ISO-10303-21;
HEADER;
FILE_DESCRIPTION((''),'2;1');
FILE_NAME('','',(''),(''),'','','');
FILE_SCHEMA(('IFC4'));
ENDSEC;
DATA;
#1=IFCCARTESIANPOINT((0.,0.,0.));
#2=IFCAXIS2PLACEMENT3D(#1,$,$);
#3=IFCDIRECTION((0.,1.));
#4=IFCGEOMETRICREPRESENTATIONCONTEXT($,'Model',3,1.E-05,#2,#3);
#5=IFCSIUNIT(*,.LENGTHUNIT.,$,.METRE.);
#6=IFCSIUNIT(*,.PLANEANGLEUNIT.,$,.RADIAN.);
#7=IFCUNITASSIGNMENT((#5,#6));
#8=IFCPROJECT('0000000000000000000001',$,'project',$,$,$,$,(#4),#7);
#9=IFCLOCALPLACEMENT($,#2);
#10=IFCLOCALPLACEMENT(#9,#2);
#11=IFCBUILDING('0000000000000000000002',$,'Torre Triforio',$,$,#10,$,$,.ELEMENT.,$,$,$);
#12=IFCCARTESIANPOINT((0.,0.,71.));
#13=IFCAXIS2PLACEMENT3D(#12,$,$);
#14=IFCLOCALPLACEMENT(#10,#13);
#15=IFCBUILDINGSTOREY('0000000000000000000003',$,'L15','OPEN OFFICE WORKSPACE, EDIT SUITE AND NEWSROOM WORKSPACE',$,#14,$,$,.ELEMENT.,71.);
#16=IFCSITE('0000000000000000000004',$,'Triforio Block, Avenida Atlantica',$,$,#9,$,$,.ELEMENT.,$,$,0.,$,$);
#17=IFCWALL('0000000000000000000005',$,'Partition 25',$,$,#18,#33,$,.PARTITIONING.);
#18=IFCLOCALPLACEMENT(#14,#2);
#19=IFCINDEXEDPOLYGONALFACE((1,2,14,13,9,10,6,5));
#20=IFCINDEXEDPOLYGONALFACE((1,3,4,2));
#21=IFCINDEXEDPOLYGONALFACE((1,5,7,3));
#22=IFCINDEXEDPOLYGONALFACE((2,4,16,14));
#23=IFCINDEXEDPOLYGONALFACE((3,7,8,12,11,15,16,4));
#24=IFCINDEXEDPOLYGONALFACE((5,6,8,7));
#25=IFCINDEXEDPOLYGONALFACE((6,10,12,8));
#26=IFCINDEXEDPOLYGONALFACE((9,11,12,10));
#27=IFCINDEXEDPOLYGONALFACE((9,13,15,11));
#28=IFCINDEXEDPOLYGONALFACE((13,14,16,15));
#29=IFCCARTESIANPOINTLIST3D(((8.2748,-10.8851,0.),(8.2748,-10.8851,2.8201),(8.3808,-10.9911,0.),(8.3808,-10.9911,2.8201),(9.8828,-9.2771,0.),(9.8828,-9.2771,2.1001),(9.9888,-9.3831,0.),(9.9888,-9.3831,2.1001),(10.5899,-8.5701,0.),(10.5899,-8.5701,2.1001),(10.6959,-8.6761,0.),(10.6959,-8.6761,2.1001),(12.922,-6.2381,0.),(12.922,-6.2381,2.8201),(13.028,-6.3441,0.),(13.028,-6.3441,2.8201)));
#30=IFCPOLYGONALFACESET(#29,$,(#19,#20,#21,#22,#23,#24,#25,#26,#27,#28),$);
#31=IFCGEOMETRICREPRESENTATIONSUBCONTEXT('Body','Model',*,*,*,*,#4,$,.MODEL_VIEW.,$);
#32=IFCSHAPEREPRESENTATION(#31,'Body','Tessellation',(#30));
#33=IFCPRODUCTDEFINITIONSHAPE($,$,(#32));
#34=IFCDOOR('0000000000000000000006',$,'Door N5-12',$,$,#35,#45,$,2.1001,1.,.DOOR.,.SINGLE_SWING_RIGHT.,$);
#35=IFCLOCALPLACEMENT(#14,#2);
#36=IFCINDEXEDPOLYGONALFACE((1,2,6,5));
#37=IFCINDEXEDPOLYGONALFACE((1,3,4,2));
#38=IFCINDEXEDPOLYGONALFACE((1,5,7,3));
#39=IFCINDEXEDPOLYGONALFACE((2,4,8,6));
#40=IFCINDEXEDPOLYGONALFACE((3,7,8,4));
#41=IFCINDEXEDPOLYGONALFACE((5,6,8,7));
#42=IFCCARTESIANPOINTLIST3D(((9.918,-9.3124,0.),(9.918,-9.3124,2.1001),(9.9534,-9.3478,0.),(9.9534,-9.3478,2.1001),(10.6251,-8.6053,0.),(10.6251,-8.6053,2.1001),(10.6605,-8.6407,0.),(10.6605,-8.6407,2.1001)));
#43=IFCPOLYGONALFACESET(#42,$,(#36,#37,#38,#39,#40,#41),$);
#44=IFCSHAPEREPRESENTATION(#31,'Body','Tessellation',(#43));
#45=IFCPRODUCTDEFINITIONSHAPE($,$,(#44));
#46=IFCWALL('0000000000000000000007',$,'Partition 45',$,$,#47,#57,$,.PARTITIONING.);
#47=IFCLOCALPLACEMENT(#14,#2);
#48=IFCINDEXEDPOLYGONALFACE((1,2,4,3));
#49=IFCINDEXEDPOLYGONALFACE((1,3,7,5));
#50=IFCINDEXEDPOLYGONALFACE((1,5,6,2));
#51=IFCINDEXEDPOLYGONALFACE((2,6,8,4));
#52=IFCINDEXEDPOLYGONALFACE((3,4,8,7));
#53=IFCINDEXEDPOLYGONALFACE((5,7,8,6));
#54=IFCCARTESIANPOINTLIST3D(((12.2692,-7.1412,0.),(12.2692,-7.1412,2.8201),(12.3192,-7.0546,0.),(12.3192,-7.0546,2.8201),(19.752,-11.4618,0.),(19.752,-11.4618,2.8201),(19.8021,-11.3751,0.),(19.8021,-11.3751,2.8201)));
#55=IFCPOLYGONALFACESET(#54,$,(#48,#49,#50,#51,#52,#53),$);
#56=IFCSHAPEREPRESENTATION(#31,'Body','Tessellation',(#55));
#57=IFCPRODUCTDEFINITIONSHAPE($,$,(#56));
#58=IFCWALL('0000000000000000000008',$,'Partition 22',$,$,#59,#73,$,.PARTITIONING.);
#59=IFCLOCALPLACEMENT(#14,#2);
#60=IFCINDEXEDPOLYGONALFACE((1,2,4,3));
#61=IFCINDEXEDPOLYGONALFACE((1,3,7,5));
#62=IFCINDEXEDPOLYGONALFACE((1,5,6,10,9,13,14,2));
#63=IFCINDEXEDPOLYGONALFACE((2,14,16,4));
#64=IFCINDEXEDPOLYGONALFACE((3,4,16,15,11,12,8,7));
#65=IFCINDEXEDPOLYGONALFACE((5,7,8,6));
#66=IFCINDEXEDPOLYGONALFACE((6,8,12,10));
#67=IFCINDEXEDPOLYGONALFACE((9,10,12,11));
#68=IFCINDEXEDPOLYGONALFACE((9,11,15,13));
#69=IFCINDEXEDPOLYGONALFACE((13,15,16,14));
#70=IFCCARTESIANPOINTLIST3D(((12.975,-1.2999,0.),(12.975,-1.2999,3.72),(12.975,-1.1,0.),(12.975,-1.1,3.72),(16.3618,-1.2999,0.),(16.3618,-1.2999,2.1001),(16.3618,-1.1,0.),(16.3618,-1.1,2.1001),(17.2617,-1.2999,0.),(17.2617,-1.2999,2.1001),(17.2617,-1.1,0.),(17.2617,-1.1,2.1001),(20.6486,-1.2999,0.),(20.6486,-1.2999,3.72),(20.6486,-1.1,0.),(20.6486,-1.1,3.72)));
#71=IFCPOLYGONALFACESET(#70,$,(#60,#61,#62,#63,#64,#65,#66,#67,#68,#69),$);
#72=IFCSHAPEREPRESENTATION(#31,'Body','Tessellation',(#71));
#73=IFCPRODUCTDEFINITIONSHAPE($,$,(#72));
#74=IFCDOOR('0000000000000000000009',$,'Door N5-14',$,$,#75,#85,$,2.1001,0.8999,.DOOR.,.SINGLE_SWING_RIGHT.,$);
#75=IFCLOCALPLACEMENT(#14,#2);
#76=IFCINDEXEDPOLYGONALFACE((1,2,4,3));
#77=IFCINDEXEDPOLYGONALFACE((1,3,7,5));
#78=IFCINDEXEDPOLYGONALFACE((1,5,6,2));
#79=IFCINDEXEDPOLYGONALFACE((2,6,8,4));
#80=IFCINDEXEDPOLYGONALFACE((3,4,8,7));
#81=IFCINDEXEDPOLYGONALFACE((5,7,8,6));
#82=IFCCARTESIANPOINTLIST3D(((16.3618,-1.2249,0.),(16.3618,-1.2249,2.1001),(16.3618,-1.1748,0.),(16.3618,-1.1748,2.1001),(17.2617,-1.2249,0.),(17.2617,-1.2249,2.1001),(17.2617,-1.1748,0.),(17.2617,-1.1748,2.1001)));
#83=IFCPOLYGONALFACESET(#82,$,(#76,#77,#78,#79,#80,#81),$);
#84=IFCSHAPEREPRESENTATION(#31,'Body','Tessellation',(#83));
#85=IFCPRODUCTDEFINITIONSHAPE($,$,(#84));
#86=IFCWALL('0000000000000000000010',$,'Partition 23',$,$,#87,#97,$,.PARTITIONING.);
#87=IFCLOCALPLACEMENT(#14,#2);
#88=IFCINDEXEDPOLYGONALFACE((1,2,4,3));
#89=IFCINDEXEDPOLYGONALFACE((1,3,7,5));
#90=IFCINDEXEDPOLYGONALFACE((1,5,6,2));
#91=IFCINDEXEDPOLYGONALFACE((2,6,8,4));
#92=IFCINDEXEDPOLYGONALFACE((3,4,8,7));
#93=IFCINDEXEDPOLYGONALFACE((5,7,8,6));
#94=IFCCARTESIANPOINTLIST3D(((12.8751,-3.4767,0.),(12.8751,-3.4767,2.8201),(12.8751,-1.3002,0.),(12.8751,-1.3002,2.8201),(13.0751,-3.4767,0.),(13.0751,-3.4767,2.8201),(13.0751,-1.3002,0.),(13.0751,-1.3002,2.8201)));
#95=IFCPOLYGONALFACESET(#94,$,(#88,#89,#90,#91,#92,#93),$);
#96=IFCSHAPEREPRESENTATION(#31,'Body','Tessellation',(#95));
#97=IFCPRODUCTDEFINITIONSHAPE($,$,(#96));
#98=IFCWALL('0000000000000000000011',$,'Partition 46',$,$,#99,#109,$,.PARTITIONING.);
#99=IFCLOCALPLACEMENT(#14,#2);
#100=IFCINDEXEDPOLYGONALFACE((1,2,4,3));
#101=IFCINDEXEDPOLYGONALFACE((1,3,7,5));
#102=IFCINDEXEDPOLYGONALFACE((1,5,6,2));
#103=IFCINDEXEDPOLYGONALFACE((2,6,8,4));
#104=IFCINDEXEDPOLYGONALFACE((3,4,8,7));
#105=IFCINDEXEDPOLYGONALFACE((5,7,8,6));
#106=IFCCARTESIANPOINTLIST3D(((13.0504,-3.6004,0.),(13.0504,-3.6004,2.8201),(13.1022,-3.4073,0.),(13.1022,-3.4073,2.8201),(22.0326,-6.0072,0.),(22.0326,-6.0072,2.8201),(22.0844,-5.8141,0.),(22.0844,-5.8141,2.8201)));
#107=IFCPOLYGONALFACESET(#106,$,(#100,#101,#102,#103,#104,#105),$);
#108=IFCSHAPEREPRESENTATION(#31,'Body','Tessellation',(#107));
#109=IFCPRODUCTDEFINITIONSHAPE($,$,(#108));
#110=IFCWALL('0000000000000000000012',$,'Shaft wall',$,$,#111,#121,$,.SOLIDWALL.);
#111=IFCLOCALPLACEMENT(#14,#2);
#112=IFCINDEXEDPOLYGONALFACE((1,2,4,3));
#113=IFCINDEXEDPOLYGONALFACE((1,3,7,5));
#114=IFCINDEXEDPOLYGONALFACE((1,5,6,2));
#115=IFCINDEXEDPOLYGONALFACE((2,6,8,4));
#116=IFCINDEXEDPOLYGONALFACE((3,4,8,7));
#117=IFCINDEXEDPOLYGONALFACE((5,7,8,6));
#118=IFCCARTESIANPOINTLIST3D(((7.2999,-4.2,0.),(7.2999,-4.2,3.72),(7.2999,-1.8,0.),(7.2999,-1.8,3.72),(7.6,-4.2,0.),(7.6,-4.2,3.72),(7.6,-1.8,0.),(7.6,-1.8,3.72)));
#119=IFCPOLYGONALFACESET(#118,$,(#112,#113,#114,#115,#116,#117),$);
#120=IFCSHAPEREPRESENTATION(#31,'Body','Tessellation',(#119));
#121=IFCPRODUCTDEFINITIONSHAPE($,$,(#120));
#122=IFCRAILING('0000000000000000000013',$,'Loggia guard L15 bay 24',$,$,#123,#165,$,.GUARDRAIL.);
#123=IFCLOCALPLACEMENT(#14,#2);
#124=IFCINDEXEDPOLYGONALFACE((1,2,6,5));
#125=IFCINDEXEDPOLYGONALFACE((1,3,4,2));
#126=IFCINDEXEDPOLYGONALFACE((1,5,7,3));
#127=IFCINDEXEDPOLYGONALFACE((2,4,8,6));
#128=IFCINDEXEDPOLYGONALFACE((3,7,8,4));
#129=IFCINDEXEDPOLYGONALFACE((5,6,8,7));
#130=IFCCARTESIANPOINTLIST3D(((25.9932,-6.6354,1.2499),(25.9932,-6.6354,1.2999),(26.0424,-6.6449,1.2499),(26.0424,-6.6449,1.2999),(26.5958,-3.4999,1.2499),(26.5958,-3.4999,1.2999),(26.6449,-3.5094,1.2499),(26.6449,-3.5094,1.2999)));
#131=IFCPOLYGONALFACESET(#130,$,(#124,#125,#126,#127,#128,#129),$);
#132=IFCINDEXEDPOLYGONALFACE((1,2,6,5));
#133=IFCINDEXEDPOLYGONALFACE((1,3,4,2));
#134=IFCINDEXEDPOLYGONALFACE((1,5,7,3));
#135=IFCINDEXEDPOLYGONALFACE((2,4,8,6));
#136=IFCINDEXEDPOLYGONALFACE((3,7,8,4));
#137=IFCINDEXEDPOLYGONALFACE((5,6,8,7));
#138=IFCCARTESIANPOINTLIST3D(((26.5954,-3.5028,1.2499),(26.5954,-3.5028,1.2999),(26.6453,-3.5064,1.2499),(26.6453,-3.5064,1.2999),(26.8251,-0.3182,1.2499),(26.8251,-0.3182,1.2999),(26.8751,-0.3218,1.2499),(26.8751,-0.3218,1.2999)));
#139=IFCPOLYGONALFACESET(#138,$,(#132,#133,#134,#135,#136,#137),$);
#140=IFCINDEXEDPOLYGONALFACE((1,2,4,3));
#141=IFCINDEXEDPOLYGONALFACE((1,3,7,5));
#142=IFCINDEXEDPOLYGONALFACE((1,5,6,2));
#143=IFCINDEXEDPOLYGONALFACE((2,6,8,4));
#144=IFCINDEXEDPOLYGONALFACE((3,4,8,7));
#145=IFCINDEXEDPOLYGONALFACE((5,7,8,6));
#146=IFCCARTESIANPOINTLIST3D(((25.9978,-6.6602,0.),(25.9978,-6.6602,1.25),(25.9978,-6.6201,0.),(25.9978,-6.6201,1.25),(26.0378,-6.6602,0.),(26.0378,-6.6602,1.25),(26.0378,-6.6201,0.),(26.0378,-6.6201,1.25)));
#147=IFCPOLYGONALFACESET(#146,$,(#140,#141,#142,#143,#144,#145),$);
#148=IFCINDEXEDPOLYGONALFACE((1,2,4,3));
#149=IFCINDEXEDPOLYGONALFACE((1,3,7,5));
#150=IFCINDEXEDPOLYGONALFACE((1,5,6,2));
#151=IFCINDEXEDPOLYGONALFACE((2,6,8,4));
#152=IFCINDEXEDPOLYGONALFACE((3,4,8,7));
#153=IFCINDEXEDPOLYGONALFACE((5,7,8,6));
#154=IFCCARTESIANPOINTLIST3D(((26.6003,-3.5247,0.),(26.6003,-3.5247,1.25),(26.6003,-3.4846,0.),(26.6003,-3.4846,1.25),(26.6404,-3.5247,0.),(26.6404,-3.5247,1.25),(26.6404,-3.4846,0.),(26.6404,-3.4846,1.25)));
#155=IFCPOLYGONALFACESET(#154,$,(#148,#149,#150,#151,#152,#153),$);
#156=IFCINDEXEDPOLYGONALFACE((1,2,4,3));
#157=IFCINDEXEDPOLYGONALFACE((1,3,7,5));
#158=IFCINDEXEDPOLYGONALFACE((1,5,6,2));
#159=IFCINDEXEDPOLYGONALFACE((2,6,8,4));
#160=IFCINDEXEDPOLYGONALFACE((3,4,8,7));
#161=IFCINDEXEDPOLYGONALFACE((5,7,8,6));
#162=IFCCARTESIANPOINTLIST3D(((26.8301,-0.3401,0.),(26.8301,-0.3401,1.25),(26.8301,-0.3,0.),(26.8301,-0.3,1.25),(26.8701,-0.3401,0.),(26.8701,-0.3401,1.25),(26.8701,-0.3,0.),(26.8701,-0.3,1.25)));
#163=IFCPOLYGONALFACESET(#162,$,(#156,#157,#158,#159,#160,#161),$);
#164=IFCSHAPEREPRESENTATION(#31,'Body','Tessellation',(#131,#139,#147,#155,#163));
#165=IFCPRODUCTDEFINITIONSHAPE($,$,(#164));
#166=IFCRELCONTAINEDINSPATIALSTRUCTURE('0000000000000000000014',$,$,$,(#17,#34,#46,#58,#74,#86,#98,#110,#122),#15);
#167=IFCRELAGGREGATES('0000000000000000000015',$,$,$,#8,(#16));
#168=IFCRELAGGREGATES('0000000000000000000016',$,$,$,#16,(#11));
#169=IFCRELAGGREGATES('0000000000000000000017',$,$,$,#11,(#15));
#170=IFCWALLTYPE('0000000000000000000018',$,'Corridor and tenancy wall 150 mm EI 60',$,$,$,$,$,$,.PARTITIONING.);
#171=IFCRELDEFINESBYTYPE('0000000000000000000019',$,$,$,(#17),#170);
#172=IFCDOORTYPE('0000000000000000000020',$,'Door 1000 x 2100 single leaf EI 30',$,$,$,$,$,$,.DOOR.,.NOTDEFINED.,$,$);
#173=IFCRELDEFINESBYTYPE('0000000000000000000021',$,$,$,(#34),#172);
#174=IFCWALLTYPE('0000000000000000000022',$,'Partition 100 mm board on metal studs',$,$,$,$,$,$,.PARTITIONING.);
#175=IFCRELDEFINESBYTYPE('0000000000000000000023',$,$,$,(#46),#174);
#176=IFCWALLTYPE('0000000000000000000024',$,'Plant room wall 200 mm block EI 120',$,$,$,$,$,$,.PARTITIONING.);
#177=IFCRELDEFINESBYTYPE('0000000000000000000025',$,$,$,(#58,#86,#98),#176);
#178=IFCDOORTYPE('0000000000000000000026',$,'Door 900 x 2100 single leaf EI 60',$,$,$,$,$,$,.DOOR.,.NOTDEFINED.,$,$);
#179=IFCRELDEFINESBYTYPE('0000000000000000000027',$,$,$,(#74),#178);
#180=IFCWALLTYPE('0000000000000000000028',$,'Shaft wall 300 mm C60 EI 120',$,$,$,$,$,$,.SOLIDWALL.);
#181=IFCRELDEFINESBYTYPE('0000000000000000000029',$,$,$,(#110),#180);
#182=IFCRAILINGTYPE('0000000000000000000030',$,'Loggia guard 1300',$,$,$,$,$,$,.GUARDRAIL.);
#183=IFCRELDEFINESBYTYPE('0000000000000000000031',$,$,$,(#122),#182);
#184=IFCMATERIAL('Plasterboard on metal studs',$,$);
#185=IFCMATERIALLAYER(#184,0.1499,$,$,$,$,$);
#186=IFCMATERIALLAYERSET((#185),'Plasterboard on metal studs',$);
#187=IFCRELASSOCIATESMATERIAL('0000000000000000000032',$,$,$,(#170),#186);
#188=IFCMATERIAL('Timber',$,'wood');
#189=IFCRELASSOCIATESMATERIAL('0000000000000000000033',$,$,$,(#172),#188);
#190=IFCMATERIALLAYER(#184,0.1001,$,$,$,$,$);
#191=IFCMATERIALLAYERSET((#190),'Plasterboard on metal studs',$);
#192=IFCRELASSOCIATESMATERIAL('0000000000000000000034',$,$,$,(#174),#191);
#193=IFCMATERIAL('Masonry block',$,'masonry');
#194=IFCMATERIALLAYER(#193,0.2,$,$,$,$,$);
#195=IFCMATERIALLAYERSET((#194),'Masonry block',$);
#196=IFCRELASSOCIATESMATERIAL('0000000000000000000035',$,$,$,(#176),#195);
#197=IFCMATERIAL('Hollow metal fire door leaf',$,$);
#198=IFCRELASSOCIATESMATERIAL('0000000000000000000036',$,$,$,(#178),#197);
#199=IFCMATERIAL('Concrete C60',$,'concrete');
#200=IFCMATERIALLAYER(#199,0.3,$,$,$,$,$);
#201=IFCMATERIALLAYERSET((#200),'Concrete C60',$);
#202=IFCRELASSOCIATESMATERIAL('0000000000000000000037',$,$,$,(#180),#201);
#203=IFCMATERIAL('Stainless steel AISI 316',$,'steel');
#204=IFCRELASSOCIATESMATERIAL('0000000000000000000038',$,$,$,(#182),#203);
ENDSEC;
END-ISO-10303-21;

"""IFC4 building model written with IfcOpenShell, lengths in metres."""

from ifc_helpers import new_model, si_unit, direction, frame, frame_2d, origin, origin_2d, place, context, subcontext, project, spatial, rectangle, extrude, material, layer, layer_set, type_object, element, fill, save


model = new_model("IFC4")

# Units and contexts
model_context = context("Model", 3, precision=1e-05, world=origin(), true_north=direction((0.0, 1.0)))
body_context = subcontext(model_context, "Body", "Model", "MODEL_VIEW")
ifc_project = project(units=[si_unit("LENGTHUNIT", "METRE"), si_unit("PLANEANGLEUNIT", "RADIAN")], contexts=[model_context])

# Site, building, storey
site_placement = place(None, origin())
site = spatial("IfcSite", under=ifc_project, at=site_placement, Name="Triforio Block, Avenida Atlantica", CompositionType="ELEMENT", RefElevation=0.0)
building_placement = place(site_placement, origin())
building = spatial("IfcBuilding", under=site, at=building_placement, Name="Torre Triforio", CompositionType="ELEMENT")
storey_placement = place(building_placement, frame((0.0, 0.0, 71.0)))
storey = spatial("IfcBuildingStorey", under=building, at=storey_placement, Name="L15", Description="OPEN OFFICE WORKSPACE, EDIT SUITE AND NEWSROOM WORKSPACE", CompositionType="ELEMENT", Elevation=71.0)

# Wall, opening, door
ifc_material_1 = material(Name="Concrete C60", Category="concrete")
ifc_material_2 = material(Name="Hollow metal fire door leaf")
ifc_material_3 = material(Name="Plasterboard on metal studs")
ifc_layer_1 = layer(ifc_material_3, 0.1499)
ifc_layer_set_1 = layer_set([ifc_layer_1], Name="Plasterboard on metal studs")
wall_type_1 = type_object("IfcWallType", Name="Corridor and tenancy wall 150 mm EI 60", PredefinedType="PARTITIONING", material=ifc_layer_set_1)
ifc_material_4 = material(Name="Timber", Category="wood")
wall_1_placement = place(storey_placement, frame((12.9751, -6.291, 0.0), z_axis=(0.0, 0.0, 1.0), x_axis=(-0.707125, -0.707088, 0.0)))
wall_1 = element("IfcWall", 1, at=wall_1_placement, inside=storey, type_object=wall_type_1, Name="Partition 25", PredefinedType="PARTITIONING", context=body_context, shape_type="SweptSolid", body=[
    extrude(rectangle(XDim=6.572, YDim=0.1499, at=frame_2d((3.2861, 0.0))), origin(), (0.0, 0.0, 1.0), 2.8201),
])
opening_1_placement = place(wall_1_placement, frame((3.2981, 0.0, 0.0)))
opening_1 = element("IfcOpeningElement", 2, at=opening_1_placement, cuts=wall_1, PredefinedType="OPENING", context=body_context, shape_type="SweptSolid", body=[
    extrude(rectangle(XDim=1.0, YDim=2.1001, at=frame_2d((0.5, 1.05))), frame((0.0, 0.085, 0.0), z_axis=(0.0, -1.0, 0.0), x_axis=(1.0, 0.0, 0.0)), (0.0, 0.0, 1.0), 0.1699),
])
door_type_1 = type_object("IfcDoorType", Name="Door 1000 x 2100 single leaf EI 30", OperationType="NOTDEFINED", PredefinedType="DOOR", material=ifc_material_4)
door_1_placement = place(opening_1_placement, origin())
door_1 = element("IfcDoor", 3, at=door_1_placement, inside=storey, type_object=door_type_1, Name="Door N5-12", OperationType="SINGLE_SWING_RIGHT", OverallHeight=2.1001, OverallWidth=1.0, PredefinedType="DOOR", context=body_context, shape_type="SweptSolid", body=[
    extrude(rectangle(XDim=1.0, YDim=2.1001, at=frame_2d((0.5, 1.05))), frame((0.0, 0.0249, 0.0), z_axis=(0.0, -1.0, 0.0), x_axis=(1.0, 0.0, 0.0)), (0.0, 0.0, 1.0), 0.05),
])
fill(opening_1, door_1)

# Wall
ifc_layer_2 = layer(ifc_material_3, 0.1001)
ifc_layer_set_2 = layer_set([ifc_layer_2], Name="Plasterboard on metal studs")
wall_type_2 = type_object("IfcWallType", Name="Partition 100 mm board on metal studs", PredefinedType="PARTITIONING", material=ifc_layer_set_2)
wall_2_placement = place(storey_placement, frame((12.2942, -7.0979, 0.0), z_axis=(0.0, 0.0, 1.0), x_axis=(0.866011, -0.500026, 0.0)))
element("IfcWall", 4, at=wall_2_placement, inside=storey, type_object=wall_type_2, Name="Partition 45", PredefinedType="PARTITIONING", context=body_context, shape_type="SweptSolid", body=[
    extrude(rectangle(XDim=8.6406, YDim=0.1001, at=frame_2d((4.3203, 0.0))), origin(), (0.0, 0.0, 1.0), 2.8201),
])

# Wall, opening, door
ifc_material_5 = material(Name="Masonry block", Category="masonry")
ifc_layer_3 = layer(ifc_material_5, 0.2)
ifc_layer_set_3 = layer_set([ifc_layer_3], Name="Masonry block")
wall_type_3 = type_object("IfcWallType", Name="Plant room wall 200 mm block EI 120", PredefinedType="PARTITIONING", material=ifc_layer_set_3)
wall_3_placement = place(storey_placement, frame((20.6487, -1.2, 0.0), z_axis=(0.0, 0.0, 1.0), x_axis=(-1.0, 0.0, 0.0)))
wall_3 = element("IfcWall", 5, at=wall_3_placement, inside=storey, type_object=wall_type_3, Name="Partition 22", PredefinedType="PARTITIONING", context=body_context, shape_type="SweptSolid", body=[
    extrude(rectangle(XDim=7.6736, YDim=0.2, at=frame_2d((3.8369, 0.0))), origin(), (0.0, 0.0, 1.0), 3.72),
])
opening_2_placement = place(wall_3_placement, frame((3.387, 0.0, 0.0)))
opening_2 = element("IfcOpeningElement", 6, at=opening_2_placement, cuts=wall_3, PredefinedType="OPENING", context=body_context, shape_type="SweptSolid", body=[
    extrude(rectangle(XDim=0.8999, YDim=2.1001, at=frame_2d((0.45, 1.05))), frame((0.0, 0.1099, 0.0), z_axis=(0.0, -1.0, 0.0), x_axis=(1.0, 0.0, 0.0)), (0.0, 0.0, 1.0), 0.22),
])
door_type_2 = type_object("IfcDoorType", Name="Door 900 x 2100 single leaf EI 60", OperationType="NOTDEFINED", PredefinedType="DOOR", material=ifc_material_2)
door_2_placement = place(opening_2_placement, origin())
door_2 = element("IfcDoor", 7, at=door_2_placement, inside=storey, type_object=door_type_2, Name="Door N5-14", OperationType="SINGLE_SWING_RIGHT", OverallHeight=2.1001, OverallWidth=0.8999, PredefinedType="DOOR", context=body_context, shape_type="SweptSolid", body=[
    extrude(rectangle(XDim=0.8999, YDim=2.1001, at=frame_2d((0.45, 1.05))), frame((0.0, 0.0249, 0.0), z_axis=(0.0, -1.0, 0.0), x_axis=(1.0, 0.0, 0.0)), (0.0, 0.0, 1.0), 0.05),
])
fill(opening_2, door_2)

# Walls
wall_4_placement = place(storey_placement, frame((12.9751, -1.3, 0.0), z_axis=(0.0, 0.0, 1.0), x_axis=(0.0, -1.0, 0.0)))
element("IfcWall", 8, at=wall_4_placement, inside=storey, type_object=wall_type_3, Name="Partition 23", PredefinedType="PARTITIONING", context=body_context, shape_type="SweptSolid", body=[
    extrude(rectangle(XDim=2.1765, YDim=0.2, at=frame_2d((1.0884, 0.0))), origin(), (0.0, 0.0, 1.0), 2.8201),
])
wall_5_placement = place(storey_placement, frame((13.0764, -3.5039, 0.0), z_axis=(0.0, 0.0, 1.0), x_axis=(0.965927, -0.258816, 0.0)))
element("IfcWall", 9, at=wall_5_placement, inside=storey, type_object=wall_type_3, Name="Partition 46", PredefinedType="PARTITIONING", context=body_context, shape_type="SweptSolid", body=[
    extrude(rectangle(XDim=9.2991, YDim=0.2, at=frame_2d((4.6494, 0.0))), origin(), (0.0, 0.0, 1.0), 2.8201),
])
ifc_layer_4 = layer(ifc_material_1, 0.3)
ifc_layer_set_4 = layer_set([ifc_layer_4], Name="Concrete C60")
wall_type_4 = type_object("IfcWallType", Name="Shaft wall 300 mm C60 EI 120", PredefinedType="SOLIDWALL", material=ifc_layer_set_4)
wall_6_placement = place(storey_placement, frame((7.45, -4.2, 0.0), z_axis=(0.0, 0.0, 1.0), x_axis=(0.0, 1.0, 0.0)))
element("IfcWall", 10, at=wall_6_placement, inside=storey, type_object=wall_type_4, Name="Shaft wall", PredefinedType="SOLIDWALL", context=body_context, shape_type="SweptSolid", body=[
    extrude(rectangle(XDim=2.3999, YDim=0.3, at=frame_2d((1.2, 0.0))), origin(), (0.0, 0.0, 1.0), 3.72),
])

# Railing
ifc_material_6 = material(Name="Stainless steel AISI 316", Category="steel")
railing_type = type_object("IfcRailingType", Name="Loggia guard 1300", PredefinedType="GUARDRAIL", material=ifc_material_6)
railing_placement = place(storey_placement, frame((26.0178, -6.6401, 0.0)))
element("IfcRailing", 11, at=railing_placement, inside=storey, type_object=railing_type, Name="Loggia guard L15 bay 24", PredefinedType="GUARDRAIL", context=body_context, shape_type="SweptSolid", body=[
    extrude(rectangle(XDim=0.05, YDim=0.05, at=origin_2d()), frame((0.0, 0.0, 1.2749), z_axis=(0.188714, 0.982032, 0.0), x_axis=(-0.982032, 0.188714, 0.0)), (0.0, 0.0, 1.0), 3.1929),
    extrude(rectangle(XDim=0.05, YDim=0.05, at=origin_2d()), frame((0.6025, 3.1355, 1.2749), z_axis=(0.071953, 0.997408, 0.0), x_axis=(-0.997408, 0.071953, 0.0)), (0.0, 0.0, 1.0), 3.1929),
    extrude(rectangle(XDim=0.04, YDim=0.04, at=origin_2d()), origin(), (0.0, 0.0, 1.0), 1.25),
    extrude(rectangle(XDim=0.04, YDim=0.04, at=origin_2d()), frame((0.6025, 3.1355, 0.0)), (0.0, 0.0, 1.0), 1.25),
    extrude(rectangle(XDim=0.04, YDim=0.04, at=origin_2d()), frame((0.8323, 6.3201, 0.0)), (0.0, 0.0, 1.0), 1.25),
])

save(model, "model.ifc")
